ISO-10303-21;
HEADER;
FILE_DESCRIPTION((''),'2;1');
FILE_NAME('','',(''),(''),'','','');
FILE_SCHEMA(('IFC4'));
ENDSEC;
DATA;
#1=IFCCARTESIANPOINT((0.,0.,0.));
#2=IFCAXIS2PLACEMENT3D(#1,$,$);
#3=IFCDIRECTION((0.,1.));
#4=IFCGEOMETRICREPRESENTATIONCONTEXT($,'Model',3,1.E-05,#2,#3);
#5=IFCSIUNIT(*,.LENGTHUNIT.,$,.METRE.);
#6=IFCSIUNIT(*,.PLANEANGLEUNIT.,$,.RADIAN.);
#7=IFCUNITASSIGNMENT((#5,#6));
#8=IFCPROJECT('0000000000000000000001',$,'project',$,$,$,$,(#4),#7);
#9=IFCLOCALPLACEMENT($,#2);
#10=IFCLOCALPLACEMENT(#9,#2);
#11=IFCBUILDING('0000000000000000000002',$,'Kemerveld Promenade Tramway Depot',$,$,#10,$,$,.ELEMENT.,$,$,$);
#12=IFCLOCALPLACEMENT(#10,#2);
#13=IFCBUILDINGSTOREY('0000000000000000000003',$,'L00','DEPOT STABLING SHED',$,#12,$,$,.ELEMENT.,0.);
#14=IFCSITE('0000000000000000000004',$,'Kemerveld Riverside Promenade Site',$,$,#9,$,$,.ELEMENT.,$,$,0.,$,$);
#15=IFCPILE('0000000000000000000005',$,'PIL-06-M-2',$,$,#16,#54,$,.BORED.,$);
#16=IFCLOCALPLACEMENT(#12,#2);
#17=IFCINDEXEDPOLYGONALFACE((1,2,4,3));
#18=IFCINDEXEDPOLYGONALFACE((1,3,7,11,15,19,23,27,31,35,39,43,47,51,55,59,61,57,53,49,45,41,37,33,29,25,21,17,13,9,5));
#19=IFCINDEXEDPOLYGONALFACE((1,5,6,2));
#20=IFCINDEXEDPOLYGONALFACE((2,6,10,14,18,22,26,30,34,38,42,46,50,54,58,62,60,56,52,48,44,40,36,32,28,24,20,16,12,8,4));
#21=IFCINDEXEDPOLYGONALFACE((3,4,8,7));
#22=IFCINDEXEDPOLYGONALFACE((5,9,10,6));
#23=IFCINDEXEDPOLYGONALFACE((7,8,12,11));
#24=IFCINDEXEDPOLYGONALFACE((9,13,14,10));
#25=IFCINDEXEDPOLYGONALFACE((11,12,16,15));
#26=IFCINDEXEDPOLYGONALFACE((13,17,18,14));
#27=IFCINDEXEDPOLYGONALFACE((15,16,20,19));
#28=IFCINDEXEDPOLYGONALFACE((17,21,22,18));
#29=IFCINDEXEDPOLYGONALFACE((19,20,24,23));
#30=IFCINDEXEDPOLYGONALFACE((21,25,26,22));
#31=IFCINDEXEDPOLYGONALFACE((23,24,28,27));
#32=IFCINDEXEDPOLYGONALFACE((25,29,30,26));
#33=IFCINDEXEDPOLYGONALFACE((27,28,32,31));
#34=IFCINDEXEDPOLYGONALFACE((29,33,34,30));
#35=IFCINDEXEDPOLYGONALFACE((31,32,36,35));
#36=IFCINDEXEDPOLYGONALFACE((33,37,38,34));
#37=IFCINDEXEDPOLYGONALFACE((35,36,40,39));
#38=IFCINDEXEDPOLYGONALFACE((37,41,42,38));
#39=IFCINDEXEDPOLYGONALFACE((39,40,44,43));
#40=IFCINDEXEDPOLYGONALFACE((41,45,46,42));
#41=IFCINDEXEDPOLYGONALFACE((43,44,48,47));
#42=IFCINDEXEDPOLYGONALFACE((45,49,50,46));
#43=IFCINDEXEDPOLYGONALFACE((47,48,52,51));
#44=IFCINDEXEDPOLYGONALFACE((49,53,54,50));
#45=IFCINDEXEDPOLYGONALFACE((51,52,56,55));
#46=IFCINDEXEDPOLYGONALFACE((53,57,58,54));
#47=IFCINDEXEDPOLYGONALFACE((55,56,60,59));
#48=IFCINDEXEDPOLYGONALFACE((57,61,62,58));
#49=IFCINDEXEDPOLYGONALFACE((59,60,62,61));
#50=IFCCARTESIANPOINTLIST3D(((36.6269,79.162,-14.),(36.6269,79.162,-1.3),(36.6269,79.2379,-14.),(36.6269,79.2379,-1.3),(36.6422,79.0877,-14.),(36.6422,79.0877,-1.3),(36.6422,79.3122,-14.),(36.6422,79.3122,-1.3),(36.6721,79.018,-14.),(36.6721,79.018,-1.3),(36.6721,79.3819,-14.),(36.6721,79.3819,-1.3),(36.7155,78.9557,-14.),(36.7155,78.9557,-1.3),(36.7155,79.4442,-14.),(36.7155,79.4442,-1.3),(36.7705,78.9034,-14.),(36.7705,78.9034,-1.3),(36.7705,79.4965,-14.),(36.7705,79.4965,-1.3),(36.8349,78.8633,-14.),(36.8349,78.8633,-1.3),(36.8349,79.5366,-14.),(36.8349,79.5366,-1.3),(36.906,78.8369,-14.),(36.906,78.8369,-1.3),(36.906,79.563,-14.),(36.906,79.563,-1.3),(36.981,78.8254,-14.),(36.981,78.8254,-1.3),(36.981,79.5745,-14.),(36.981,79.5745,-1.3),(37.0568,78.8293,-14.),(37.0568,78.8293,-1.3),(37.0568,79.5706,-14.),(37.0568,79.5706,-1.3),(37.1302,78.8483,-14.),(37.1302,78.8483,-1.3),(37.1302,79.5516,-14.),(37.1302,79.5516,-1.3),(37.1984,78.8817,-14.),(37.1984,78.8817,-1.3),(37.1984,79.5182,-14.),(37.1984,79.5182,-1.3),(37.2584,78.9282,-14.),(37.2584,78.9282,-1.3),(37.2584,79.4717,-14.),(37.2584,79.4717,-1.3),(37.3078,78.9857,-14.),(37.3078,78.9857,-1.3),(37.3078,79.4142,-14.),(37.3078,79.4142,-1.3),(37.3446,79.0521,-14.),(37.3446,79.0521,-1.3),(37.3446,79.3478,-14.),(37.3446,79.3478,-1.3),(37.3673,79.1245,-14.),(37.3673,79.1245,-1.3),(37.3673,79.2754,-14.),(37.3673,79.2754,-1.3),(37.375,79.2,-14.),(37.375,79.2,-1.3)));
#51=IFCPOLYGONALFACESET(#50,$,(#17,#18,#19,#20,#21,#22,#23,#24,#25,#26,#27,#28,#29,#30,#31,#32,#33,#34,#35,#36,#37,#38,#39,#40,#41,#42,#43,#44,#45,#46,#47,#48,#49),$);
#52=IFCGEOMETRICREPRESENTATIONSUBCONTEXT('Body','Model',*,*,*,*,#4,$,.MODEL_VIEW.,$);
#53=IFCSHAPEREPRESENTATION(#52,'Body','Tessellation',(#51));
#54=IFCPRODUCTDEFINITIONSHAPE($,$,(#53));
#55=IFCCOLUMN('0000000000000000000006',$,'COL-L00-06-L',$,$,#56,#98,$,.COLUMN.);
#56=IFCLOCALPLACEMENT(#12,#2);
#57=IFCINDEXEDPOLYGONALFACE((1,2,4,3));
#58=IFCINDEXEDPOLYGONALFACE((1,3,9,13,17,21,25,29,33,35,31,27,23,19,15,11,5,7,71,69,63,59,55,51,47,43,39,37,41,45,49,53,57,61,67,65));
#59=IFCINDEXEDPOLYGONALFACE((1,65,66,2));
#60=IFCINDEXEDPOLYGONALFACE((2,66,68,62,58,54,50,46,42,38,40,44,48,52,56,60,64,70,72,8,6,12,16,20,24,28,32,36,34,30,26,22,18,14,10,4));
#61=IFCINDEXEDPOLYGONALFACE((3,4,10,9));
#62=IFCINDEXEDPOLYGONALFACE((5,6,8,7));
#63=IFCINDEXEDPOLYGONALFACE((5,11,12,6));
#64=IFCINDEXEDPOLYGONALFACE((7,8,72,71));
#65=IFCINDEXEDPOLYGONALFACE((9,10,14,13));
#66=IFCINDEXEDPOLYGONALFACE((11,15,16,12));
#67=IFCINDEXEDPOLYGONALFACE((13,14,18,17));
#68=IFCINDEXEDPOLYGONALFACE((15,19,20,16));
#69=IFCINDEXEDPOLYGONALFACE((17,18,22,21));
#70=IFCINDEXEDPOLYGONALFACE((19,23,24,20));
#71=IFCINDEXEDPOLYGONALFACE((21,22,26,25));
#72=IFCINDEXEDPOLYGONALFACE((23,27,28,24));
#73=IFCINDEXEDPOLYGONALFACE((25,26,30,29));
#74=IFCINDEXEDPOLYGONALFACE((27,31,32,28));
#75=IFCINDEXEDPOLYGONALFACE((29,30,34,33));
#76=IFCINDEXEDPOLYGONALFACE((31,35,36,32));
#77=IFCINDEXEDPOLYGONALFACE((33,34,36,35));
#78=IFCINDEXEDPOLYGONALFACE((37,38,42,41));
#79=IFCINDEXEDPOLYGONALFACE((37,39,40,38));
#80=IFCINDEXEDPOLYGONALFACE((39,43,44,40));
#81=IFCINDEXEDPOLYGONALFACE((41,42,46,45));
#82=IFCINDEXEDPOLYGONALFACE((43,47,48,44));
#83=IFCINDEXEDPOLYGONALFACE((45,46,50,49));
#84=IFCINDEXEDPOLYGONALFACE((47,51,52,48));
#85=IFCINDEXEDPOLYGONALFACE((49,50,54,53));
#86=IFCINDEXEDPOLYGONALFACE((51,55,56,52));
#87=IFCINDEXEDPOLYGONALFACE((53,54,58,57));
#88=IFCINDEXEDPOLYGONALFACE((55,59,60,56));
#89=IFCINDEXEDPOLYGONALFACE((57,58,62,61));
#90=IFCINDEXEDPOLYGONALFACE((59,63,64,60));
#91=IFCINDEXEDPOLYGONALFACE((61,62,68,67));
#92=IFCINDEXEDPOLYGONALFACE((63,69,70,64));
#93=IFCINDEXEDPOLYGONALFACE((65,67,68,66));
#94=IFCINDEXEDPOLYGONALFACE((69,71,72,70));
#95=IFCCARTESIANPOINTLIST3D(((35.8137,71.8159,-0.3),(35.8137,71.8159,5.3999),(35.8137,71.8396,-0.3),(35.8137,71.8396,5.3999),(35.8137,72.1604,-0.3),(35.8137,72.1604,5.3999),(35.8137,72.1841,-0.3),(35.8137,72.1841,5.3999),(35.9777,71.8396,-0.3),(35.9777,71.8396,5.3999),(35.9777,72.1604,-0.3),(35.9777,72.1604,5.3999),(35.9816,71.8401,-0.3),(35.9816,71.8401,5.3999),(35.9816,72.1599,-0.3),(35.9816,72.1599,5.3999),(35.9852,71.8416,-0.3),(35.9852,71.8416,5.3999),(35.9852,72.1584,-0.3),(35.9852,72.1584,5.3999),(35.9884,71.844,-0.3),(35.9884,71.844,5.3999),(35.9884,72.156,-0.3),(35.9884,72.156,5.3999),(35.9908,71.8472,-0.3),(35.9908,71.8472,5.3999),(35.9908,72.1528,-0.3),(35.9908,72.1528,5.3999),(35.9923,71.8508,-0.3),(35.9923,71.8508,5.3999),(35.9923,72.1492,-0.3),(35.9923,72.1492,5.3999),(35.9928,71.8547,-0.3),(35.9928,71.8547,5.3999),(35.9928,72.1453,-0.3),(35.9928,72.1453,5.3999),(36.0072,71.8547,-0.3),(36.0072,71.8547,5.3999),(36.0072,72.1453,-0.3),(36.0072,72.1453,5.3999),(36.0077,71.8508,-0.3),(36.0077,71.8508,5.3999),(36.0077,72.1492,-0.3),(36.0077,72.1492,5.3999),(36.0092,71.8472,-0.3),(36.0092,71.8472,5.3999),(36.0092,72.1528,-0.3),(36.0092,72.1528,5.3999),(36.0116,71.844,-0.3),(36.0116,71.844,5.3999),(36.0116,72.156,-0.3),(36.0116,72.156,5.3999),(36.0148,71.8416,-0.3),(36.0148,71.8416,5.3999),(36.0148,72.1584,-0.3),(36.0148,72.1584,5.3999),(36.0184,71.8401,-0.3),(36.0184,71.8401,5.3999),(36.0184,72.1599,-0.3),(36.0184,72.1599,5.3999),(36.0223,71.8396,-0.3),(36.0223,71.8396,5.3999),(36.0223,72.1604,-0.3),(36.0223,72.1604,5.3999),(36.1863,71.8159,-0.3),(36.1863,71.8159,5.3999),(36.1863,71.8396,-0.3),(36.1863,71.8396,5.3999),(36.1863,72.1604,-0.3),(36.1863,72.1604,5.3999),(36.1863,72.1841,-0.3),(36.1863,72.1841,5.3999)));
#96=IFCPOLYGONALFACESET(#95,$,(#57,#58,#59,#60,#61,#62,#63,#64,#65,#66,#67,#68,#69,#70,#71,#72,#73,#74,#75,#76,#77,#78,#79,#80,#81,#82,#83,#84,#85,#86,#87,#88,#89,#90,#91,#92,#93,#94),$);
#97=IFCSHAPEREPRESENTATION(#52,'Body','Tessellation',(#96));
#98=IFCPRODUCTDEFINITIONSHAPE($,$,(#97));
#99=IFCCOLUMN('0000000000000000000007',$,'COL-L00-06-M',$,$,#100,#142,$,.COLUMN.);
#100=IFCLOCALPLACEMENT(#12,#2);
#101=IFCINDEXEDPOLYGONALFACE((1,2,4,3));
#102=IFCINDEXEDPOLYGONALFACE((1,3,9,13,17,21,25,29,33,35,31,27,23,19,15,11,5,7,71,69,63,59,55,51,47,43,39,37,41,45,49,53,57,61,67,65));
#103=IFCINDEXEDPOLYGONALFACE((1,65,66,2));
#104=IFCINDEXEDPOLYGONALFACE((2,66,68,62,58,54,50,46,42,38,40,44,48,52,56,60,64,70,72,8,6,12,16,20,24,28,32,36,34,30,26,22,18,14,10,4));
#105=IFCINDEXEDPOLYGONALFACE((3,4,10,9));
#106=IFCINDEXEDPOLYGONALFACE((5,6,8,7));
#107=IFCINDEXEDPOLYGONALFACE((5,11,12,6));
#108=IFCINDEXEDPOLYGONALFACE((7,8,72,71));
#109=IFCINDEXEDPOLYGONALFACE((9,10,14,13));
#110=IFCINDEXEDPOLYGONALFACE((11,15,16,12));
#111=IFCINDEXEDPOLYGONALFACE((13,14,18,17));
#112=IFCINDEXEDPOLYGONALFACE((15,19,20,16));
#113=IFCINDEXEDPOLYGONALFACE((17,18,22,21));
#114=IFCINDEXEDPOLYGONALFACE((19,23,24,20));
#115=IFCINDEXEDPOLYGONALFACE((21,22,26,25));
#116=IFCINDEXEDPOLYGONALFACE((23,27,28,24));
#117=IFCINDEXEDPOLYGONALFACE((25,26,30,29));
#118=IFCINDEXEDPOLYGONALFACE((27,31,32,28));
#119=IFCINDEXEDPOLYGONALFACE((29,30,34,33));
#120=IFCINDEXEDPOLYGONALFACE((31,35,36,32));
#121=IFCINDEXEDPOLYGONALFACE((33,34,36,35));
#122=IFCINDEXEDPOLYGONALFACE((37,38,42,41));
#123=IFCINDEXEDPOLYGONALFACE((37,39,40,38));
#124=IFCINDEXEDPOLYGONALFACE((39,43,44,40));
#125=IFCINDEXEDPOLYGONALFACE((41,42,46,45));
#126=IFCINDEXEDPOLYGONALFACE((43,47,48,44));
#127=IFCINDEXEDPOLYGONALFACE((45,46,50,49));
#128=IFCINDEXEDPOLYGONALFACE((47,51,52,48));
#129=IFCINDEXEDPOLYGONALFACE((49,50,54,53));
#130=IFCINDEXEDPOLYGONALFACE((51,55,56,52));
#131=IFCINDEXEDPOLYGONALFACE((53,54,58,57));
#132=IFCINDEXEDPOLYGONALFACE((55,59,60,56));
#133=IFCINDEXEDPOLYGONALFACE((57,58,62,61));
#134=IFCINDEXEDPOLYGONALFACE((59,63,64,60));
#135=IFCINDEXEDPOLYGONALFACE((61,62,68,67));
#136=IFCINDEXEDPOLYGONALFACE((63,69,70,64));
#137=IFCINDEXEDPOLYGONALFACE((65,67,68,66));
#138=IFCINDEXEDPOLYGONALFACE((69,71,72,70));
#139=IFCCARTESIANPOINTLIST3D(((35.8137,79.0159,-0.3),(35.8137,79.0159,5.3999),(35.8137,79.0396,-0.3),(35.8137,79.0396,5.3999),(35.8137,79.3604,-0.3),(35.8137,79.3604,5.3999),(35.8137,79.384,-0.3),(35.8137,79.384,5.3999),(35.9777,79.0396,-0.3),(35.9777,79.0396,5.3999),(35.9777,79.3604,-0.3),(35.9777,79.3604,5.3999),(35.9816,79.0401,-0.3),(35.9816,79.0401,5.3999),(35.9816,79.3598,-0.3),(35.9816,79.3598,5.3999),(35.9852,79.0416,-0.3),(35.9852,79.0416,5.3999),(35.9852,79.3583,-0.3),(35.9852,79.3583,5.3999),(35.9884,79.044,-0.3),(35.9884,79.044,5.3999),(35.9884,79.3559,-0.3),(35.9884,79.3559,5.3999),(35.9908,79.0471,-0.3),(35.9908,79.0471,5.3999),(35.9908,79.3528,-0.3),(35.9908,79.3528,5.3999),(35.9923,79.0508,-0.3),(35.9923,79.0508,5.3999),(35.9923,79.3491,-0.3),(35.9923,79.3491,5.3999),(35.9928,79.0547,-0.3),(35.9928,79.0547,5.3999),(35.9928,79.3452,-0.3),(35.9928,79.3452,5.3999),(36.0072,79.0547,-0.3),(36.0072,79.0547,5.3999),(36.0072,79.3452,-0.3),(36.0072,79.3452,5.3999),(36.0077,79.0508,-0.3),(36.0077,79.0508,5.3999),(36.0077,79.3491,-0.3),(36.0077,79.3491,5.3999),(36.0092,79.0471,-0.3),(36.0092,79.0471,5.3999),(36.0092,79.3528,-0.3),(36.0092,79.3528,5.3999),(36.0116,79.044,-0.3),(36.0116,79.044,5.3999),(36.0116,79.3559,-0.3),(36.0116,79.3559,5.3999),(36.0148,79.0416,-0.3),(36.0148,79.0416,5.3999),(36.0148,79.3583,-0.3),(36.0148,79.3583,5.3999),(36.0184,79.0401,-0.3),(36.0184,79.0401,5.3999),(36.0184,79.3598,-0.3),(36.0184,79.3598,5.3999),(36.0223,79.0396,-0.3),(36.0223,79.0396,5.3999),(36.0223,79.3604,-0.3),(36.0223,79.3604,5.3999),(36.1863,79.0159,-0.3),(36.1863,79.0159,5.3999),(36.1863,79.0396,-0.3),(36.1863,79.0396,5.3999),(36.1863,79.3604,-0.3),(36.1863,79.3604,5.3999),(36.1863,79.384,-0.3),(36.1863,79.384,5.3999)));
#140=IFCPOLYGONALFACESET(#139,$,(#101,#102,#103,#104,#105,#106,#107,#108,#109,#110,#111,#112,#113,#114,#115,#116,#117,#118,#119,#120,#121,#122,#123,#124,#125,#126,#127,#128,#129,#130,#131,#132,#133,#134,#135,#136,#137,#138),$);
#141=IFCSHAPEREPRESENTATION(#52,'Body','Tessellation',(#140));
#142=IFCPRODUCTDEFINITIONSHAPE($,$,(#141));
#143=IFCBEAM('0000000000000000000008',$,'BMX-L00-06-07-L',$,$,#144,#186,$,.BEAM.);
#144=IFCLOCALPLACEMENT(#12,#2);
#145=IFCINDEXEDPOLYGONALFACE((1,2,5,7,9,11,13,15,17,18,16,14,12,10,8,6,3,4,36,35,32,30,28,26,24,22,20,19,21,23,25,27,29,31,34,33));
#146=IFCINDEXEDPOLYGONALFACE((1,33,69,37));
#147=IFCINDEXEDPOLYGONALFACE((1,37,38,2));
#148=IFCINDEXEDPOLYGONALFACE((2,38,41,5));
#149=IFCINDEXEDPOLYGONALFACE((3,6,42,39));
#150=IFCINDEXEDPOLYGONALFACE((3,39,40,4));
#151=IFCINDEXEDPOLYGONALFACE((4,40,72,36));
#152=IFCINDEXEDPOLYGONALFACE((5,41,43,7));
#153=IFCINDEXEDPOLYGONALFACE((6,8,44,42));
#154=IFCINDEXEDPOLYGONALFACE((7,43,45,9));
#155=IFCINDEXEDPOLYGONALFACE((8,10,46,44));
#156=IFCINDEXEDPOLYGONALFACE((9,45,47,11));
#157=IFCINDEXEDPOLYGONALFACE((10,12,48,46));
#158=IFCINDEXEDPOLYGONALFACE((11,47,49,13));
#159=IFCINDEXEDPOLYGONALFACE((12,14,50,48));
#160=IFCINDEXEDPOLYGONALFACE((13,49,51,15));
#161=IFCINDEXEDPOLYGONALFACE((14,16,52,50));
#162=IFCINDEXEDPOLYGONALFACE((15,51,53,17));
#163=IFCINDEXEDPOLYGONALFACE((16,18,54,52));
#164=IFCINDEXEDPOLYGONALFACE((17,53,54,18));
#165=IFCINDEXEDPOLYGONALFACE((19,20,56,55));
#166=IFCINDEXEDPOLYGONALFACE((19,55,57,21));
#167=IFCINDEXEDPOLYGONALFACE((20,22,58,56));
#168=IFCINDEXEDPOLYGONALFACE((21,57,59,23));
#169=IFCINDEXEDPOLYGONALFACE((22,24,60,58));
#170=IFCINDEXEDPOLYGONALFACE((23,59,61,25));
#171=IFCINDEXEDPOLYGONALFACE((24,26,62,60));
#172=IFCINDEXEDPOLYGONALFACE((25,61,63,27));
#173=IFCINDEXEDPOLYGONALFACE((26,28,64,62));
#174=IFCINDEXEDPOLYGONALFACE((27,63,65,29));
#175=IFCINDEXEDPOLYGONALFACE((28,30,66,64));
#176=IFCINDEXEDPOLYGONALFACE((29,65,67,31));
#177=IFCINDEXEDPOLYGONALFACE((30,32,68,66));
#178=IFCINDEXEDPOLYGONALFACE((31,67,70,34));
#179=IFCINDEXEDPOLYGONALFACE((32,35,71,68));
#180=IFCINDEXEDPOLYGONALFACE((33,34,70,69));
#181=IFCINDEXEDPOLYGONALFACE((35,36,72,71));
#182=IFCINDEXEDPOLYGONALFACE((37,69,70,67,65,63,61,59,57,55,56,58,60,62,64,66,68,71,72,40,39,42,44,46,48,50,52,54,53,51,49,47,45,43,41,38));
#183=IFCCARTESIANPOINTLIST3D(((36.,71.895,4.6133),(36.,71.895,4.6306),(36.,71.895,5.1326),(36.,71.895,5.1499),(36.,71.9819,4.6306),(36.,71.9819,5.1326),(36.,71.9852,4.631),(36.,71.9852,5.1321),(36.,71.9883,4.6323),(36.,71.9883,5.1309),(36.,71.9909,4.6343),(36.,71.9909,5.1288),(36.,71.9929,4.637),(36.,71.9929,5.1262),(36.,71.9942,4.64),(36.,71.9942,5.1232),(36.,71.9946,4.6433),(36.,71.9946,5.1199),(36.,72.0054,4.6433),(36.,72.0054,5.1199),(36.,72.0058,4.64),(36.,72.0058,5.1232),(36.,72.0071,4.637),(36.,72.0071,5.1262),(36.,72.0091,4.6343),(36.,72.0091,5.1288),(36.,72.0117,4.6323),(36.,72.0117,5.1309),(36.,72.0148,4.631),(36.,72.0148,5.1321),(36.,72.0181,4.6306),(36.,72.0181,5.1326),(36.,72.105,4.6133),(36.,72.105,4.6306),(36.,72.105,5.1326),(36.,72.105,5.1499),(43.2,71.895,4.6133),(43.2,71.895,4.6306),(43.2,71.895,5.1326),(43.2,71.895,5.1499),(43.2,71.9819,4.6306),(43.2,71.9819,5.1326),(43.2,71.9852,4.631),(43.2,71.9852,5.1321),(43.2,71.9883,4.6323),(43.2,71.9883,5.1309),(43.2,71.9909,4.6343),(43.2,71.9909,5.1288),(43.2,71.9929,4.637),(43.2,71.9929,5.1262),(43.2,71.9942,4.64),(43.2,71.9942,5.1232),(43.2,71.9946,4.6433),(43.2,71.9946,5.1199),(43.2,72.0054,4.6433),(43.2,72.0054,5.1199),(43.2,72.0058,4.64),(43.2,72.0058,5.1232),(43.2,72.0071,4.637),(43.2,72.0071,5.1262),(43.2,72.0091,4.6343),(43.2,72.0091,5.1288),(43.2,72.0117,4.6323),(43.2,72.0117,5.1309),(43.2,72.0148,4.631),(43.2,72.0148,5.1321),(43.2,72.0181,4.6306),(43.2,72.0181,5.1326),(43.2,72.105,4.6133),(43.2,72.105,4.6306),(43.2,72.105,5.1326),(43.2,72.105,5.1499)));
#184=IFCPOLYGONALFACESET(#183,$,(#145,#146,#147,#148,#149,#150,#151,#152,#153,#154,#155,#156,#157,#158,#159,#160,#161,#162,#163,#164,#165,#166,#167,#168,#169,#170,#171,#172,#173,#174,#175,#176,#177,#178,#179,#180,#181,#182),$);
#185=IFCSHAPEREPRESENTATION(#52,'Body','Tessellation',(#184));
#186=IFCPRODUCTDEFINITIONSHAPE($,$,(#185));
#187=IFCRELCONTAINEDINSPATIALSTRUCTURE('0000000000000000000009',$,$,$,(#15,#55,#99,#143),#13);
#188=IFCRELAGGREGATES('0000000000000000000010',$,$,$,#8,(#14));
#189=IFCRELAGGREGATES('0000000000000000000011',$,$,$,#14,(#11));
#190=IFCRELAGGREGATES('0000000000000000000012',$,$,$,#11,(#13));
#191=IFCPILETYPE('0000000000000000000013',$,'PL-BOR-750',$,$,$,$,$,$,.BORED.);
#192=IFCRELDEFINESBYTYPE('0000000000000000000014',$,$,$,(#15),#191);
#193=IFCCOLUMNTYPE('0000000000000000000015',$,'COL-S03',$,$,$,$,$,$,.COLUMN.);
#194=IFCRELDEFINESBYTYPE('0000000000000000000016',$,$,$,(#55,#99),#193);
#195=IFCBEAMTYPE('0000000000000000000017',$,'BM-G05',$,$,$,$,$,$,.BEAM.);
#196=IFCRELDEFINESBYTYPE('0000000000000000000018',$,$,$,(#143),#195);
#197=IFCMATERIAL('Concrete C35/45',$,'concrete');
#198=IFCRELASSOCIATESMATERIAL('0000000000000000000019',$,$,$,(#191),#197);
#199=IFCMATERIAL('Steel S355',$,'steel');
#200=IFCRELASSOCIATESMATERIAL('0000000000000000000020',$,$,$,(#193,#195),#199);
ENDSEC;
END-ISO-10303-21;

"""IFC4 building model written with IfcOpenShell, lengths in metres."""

from ifc_helpers import new_model, si_unit, direction, frame, origin, origin_2d, place, context, subcontext, project, spatial, circle, i_section, extrude, material, material_profile, profile_set, type_object, element, save


model = new_model("IFC4")

# Units and contexts
model_context = context("Model", 3, precision=1e-05, world=origin(), true_north=direction((0.0, 1.0)))
body_context = subcontext(model_context, "Body", "Model", "MODEL_VIEW")
ifc_project = project(units=[si_unit("LENGTHUNIT", "METRE"), si_unit("PLANEANGLEUNIT", "RADIAN")], contexts=[model_context])

# Site, building, storey
site_placement = place(None, origin())
site = spatial("IfcSite", under=ifc_project, at=site_placement, Name="Kemerveld Riverside Promenade Site", CompositionType="ELEMENT", RefElevation=0.0)
building_placement = place(site_placement, origin())
building = spatial("IfcBuilding", under=site, at=building_placement, Name="Kemerveld Promenade Tramway Depot", CompositionType="ELEMENT")
storey_placement = place(building_placement, origin())
storey = spatial("IfcBuildingStorey", under=building, at=storey_placement, Name="L00", Description="DEPOT STABLING SHED", CompositionType="ELEMENT", Elevation=0.0)

# Shared definitions
ifc_material_1 = material(Name="Concrete C35/45", Category="concrete")

# Pile
ifc_material_profile_1 = material_profile(ifc_material_1, circle(Radius=0.375, at=origin_2d()), Name="PILE-D750")
ifc_profile_set_1 = profile_set([ifc_material_profile_1], Name="Concrete C35/45")
pile_type = type_object("IfcPileType", Name="PL-BOR-750", PredefinedType="BORED", material=ifc_profile_set_1)
for number, where, z_axis, x_axis, name in (
    (1, (37.0, 79.2, -1.3), (0.0, 0.0, -1.0), (1.0, 0.0, 0.0), "PIL-06-M-2"),
):
    element("IfcPile", number, at=place(storey_placement, frame(where, z_axis=z_axis, x_axis=x_axis)), inside=storey, type_object=pile_type, Name=name, PredefinedType="BORED", context=body_context, shape_type="SweptSolid", body=[
        extrude(circle(Radius=0.375, at=origin_2d()), origin(), (0.0, 0.0, 1.0), 12.7),
    ])

# Columns
ifc_material_2 = material(Name="Steel S355", Category="steel")
ifc_material_profile_2 = material_profile(ifc_material_2, i_section(OverallWidth=0.3726, OverallDepth=0.3682, WebThickness=0.0144, FlangeThickness=0.0237, FilletRadius=0.0151, at=origin_2d()), Name="356x368x177 UC")
ifc_profile_set_2 = profile_set([ifc_material_profile_2], Name="Steel S355")
column_type = type_object("IfcColumnType", Name="COL-S03", PredefinedType="COLUMN", material=ifc_profile_set_2)
for number, where, z_axis, x_axis, name in (
    (2, (36.0, 72.0, -0.3), (0.0, 0.0, 1.0), (1.0, 0.0, 0.0), "COL-L00-06-L"),
    (3, (36.0, 79.2, -0.3), (0.0, 0.0, 1.0), (1.0, 0.0, 0.0), "COL-L00-06-M"),
):
    element("IfcColumn", number, at=place(storey_placement, frame(where, z_axis=z_axis, x_axis=x_axis)), inside=storey, type_object=column_type, Name=name, PredefinedType="COLUMN", context=body_context, shape_type="SweptSolid", body=[
        extrude(i_section(OverallWidth=0.3726, OverallDepth=0.3682, WebThickness=0.0144, FlangeThickness=0.0237, FilletRadius=0.0151, at=origin_2d()), origin(), (0.0, 0.0, 1.0), 5.7),
    ])

# Beam
ifc_material_profile_3 = material_profile(ifc_material_2, i_section(OverallWidth=0.21, OverallDepth=0.5366, WebThickness=0.0107, FlangeThickness=0.0173, FilletRadius=0.0127, at=origin_2d()), Name="533x210x101 UB")
ifc_profile_set_3 = profile_set([ifc_material_profile_3], Name="Steel S355")
beam_type_1 = type_object("IfcBeamType", Name="BM-G05", PredefinedType="BEAM", material=ifc_profile_set_3)
beam_1_placement = place(storey_placement, frame((36.0, 72.0, 4.8816), z_axis=(1.0, 0.0, 0.0), x_axis=(0.0, 1.0, 0.0)))
element("IfcBeam", 4, at=beam_1_placement, inside=storey, type_object=beam_type_1, Name="BMX-L00-06-07-L", PredefinedType="BEAM", context=body_context, shape_type="SweptSolid", body=[
    extrude(i_section(OverallWidth=0.21, OverallDepth=0.5366, WebThickness=0.0107, FlangeThickness=0.0173, FilletRadius=0.0127, at=origin_2d()), origin(), (0.0, 0.0, 1.0), 7.2),
])

save(model, "model.ifc")
